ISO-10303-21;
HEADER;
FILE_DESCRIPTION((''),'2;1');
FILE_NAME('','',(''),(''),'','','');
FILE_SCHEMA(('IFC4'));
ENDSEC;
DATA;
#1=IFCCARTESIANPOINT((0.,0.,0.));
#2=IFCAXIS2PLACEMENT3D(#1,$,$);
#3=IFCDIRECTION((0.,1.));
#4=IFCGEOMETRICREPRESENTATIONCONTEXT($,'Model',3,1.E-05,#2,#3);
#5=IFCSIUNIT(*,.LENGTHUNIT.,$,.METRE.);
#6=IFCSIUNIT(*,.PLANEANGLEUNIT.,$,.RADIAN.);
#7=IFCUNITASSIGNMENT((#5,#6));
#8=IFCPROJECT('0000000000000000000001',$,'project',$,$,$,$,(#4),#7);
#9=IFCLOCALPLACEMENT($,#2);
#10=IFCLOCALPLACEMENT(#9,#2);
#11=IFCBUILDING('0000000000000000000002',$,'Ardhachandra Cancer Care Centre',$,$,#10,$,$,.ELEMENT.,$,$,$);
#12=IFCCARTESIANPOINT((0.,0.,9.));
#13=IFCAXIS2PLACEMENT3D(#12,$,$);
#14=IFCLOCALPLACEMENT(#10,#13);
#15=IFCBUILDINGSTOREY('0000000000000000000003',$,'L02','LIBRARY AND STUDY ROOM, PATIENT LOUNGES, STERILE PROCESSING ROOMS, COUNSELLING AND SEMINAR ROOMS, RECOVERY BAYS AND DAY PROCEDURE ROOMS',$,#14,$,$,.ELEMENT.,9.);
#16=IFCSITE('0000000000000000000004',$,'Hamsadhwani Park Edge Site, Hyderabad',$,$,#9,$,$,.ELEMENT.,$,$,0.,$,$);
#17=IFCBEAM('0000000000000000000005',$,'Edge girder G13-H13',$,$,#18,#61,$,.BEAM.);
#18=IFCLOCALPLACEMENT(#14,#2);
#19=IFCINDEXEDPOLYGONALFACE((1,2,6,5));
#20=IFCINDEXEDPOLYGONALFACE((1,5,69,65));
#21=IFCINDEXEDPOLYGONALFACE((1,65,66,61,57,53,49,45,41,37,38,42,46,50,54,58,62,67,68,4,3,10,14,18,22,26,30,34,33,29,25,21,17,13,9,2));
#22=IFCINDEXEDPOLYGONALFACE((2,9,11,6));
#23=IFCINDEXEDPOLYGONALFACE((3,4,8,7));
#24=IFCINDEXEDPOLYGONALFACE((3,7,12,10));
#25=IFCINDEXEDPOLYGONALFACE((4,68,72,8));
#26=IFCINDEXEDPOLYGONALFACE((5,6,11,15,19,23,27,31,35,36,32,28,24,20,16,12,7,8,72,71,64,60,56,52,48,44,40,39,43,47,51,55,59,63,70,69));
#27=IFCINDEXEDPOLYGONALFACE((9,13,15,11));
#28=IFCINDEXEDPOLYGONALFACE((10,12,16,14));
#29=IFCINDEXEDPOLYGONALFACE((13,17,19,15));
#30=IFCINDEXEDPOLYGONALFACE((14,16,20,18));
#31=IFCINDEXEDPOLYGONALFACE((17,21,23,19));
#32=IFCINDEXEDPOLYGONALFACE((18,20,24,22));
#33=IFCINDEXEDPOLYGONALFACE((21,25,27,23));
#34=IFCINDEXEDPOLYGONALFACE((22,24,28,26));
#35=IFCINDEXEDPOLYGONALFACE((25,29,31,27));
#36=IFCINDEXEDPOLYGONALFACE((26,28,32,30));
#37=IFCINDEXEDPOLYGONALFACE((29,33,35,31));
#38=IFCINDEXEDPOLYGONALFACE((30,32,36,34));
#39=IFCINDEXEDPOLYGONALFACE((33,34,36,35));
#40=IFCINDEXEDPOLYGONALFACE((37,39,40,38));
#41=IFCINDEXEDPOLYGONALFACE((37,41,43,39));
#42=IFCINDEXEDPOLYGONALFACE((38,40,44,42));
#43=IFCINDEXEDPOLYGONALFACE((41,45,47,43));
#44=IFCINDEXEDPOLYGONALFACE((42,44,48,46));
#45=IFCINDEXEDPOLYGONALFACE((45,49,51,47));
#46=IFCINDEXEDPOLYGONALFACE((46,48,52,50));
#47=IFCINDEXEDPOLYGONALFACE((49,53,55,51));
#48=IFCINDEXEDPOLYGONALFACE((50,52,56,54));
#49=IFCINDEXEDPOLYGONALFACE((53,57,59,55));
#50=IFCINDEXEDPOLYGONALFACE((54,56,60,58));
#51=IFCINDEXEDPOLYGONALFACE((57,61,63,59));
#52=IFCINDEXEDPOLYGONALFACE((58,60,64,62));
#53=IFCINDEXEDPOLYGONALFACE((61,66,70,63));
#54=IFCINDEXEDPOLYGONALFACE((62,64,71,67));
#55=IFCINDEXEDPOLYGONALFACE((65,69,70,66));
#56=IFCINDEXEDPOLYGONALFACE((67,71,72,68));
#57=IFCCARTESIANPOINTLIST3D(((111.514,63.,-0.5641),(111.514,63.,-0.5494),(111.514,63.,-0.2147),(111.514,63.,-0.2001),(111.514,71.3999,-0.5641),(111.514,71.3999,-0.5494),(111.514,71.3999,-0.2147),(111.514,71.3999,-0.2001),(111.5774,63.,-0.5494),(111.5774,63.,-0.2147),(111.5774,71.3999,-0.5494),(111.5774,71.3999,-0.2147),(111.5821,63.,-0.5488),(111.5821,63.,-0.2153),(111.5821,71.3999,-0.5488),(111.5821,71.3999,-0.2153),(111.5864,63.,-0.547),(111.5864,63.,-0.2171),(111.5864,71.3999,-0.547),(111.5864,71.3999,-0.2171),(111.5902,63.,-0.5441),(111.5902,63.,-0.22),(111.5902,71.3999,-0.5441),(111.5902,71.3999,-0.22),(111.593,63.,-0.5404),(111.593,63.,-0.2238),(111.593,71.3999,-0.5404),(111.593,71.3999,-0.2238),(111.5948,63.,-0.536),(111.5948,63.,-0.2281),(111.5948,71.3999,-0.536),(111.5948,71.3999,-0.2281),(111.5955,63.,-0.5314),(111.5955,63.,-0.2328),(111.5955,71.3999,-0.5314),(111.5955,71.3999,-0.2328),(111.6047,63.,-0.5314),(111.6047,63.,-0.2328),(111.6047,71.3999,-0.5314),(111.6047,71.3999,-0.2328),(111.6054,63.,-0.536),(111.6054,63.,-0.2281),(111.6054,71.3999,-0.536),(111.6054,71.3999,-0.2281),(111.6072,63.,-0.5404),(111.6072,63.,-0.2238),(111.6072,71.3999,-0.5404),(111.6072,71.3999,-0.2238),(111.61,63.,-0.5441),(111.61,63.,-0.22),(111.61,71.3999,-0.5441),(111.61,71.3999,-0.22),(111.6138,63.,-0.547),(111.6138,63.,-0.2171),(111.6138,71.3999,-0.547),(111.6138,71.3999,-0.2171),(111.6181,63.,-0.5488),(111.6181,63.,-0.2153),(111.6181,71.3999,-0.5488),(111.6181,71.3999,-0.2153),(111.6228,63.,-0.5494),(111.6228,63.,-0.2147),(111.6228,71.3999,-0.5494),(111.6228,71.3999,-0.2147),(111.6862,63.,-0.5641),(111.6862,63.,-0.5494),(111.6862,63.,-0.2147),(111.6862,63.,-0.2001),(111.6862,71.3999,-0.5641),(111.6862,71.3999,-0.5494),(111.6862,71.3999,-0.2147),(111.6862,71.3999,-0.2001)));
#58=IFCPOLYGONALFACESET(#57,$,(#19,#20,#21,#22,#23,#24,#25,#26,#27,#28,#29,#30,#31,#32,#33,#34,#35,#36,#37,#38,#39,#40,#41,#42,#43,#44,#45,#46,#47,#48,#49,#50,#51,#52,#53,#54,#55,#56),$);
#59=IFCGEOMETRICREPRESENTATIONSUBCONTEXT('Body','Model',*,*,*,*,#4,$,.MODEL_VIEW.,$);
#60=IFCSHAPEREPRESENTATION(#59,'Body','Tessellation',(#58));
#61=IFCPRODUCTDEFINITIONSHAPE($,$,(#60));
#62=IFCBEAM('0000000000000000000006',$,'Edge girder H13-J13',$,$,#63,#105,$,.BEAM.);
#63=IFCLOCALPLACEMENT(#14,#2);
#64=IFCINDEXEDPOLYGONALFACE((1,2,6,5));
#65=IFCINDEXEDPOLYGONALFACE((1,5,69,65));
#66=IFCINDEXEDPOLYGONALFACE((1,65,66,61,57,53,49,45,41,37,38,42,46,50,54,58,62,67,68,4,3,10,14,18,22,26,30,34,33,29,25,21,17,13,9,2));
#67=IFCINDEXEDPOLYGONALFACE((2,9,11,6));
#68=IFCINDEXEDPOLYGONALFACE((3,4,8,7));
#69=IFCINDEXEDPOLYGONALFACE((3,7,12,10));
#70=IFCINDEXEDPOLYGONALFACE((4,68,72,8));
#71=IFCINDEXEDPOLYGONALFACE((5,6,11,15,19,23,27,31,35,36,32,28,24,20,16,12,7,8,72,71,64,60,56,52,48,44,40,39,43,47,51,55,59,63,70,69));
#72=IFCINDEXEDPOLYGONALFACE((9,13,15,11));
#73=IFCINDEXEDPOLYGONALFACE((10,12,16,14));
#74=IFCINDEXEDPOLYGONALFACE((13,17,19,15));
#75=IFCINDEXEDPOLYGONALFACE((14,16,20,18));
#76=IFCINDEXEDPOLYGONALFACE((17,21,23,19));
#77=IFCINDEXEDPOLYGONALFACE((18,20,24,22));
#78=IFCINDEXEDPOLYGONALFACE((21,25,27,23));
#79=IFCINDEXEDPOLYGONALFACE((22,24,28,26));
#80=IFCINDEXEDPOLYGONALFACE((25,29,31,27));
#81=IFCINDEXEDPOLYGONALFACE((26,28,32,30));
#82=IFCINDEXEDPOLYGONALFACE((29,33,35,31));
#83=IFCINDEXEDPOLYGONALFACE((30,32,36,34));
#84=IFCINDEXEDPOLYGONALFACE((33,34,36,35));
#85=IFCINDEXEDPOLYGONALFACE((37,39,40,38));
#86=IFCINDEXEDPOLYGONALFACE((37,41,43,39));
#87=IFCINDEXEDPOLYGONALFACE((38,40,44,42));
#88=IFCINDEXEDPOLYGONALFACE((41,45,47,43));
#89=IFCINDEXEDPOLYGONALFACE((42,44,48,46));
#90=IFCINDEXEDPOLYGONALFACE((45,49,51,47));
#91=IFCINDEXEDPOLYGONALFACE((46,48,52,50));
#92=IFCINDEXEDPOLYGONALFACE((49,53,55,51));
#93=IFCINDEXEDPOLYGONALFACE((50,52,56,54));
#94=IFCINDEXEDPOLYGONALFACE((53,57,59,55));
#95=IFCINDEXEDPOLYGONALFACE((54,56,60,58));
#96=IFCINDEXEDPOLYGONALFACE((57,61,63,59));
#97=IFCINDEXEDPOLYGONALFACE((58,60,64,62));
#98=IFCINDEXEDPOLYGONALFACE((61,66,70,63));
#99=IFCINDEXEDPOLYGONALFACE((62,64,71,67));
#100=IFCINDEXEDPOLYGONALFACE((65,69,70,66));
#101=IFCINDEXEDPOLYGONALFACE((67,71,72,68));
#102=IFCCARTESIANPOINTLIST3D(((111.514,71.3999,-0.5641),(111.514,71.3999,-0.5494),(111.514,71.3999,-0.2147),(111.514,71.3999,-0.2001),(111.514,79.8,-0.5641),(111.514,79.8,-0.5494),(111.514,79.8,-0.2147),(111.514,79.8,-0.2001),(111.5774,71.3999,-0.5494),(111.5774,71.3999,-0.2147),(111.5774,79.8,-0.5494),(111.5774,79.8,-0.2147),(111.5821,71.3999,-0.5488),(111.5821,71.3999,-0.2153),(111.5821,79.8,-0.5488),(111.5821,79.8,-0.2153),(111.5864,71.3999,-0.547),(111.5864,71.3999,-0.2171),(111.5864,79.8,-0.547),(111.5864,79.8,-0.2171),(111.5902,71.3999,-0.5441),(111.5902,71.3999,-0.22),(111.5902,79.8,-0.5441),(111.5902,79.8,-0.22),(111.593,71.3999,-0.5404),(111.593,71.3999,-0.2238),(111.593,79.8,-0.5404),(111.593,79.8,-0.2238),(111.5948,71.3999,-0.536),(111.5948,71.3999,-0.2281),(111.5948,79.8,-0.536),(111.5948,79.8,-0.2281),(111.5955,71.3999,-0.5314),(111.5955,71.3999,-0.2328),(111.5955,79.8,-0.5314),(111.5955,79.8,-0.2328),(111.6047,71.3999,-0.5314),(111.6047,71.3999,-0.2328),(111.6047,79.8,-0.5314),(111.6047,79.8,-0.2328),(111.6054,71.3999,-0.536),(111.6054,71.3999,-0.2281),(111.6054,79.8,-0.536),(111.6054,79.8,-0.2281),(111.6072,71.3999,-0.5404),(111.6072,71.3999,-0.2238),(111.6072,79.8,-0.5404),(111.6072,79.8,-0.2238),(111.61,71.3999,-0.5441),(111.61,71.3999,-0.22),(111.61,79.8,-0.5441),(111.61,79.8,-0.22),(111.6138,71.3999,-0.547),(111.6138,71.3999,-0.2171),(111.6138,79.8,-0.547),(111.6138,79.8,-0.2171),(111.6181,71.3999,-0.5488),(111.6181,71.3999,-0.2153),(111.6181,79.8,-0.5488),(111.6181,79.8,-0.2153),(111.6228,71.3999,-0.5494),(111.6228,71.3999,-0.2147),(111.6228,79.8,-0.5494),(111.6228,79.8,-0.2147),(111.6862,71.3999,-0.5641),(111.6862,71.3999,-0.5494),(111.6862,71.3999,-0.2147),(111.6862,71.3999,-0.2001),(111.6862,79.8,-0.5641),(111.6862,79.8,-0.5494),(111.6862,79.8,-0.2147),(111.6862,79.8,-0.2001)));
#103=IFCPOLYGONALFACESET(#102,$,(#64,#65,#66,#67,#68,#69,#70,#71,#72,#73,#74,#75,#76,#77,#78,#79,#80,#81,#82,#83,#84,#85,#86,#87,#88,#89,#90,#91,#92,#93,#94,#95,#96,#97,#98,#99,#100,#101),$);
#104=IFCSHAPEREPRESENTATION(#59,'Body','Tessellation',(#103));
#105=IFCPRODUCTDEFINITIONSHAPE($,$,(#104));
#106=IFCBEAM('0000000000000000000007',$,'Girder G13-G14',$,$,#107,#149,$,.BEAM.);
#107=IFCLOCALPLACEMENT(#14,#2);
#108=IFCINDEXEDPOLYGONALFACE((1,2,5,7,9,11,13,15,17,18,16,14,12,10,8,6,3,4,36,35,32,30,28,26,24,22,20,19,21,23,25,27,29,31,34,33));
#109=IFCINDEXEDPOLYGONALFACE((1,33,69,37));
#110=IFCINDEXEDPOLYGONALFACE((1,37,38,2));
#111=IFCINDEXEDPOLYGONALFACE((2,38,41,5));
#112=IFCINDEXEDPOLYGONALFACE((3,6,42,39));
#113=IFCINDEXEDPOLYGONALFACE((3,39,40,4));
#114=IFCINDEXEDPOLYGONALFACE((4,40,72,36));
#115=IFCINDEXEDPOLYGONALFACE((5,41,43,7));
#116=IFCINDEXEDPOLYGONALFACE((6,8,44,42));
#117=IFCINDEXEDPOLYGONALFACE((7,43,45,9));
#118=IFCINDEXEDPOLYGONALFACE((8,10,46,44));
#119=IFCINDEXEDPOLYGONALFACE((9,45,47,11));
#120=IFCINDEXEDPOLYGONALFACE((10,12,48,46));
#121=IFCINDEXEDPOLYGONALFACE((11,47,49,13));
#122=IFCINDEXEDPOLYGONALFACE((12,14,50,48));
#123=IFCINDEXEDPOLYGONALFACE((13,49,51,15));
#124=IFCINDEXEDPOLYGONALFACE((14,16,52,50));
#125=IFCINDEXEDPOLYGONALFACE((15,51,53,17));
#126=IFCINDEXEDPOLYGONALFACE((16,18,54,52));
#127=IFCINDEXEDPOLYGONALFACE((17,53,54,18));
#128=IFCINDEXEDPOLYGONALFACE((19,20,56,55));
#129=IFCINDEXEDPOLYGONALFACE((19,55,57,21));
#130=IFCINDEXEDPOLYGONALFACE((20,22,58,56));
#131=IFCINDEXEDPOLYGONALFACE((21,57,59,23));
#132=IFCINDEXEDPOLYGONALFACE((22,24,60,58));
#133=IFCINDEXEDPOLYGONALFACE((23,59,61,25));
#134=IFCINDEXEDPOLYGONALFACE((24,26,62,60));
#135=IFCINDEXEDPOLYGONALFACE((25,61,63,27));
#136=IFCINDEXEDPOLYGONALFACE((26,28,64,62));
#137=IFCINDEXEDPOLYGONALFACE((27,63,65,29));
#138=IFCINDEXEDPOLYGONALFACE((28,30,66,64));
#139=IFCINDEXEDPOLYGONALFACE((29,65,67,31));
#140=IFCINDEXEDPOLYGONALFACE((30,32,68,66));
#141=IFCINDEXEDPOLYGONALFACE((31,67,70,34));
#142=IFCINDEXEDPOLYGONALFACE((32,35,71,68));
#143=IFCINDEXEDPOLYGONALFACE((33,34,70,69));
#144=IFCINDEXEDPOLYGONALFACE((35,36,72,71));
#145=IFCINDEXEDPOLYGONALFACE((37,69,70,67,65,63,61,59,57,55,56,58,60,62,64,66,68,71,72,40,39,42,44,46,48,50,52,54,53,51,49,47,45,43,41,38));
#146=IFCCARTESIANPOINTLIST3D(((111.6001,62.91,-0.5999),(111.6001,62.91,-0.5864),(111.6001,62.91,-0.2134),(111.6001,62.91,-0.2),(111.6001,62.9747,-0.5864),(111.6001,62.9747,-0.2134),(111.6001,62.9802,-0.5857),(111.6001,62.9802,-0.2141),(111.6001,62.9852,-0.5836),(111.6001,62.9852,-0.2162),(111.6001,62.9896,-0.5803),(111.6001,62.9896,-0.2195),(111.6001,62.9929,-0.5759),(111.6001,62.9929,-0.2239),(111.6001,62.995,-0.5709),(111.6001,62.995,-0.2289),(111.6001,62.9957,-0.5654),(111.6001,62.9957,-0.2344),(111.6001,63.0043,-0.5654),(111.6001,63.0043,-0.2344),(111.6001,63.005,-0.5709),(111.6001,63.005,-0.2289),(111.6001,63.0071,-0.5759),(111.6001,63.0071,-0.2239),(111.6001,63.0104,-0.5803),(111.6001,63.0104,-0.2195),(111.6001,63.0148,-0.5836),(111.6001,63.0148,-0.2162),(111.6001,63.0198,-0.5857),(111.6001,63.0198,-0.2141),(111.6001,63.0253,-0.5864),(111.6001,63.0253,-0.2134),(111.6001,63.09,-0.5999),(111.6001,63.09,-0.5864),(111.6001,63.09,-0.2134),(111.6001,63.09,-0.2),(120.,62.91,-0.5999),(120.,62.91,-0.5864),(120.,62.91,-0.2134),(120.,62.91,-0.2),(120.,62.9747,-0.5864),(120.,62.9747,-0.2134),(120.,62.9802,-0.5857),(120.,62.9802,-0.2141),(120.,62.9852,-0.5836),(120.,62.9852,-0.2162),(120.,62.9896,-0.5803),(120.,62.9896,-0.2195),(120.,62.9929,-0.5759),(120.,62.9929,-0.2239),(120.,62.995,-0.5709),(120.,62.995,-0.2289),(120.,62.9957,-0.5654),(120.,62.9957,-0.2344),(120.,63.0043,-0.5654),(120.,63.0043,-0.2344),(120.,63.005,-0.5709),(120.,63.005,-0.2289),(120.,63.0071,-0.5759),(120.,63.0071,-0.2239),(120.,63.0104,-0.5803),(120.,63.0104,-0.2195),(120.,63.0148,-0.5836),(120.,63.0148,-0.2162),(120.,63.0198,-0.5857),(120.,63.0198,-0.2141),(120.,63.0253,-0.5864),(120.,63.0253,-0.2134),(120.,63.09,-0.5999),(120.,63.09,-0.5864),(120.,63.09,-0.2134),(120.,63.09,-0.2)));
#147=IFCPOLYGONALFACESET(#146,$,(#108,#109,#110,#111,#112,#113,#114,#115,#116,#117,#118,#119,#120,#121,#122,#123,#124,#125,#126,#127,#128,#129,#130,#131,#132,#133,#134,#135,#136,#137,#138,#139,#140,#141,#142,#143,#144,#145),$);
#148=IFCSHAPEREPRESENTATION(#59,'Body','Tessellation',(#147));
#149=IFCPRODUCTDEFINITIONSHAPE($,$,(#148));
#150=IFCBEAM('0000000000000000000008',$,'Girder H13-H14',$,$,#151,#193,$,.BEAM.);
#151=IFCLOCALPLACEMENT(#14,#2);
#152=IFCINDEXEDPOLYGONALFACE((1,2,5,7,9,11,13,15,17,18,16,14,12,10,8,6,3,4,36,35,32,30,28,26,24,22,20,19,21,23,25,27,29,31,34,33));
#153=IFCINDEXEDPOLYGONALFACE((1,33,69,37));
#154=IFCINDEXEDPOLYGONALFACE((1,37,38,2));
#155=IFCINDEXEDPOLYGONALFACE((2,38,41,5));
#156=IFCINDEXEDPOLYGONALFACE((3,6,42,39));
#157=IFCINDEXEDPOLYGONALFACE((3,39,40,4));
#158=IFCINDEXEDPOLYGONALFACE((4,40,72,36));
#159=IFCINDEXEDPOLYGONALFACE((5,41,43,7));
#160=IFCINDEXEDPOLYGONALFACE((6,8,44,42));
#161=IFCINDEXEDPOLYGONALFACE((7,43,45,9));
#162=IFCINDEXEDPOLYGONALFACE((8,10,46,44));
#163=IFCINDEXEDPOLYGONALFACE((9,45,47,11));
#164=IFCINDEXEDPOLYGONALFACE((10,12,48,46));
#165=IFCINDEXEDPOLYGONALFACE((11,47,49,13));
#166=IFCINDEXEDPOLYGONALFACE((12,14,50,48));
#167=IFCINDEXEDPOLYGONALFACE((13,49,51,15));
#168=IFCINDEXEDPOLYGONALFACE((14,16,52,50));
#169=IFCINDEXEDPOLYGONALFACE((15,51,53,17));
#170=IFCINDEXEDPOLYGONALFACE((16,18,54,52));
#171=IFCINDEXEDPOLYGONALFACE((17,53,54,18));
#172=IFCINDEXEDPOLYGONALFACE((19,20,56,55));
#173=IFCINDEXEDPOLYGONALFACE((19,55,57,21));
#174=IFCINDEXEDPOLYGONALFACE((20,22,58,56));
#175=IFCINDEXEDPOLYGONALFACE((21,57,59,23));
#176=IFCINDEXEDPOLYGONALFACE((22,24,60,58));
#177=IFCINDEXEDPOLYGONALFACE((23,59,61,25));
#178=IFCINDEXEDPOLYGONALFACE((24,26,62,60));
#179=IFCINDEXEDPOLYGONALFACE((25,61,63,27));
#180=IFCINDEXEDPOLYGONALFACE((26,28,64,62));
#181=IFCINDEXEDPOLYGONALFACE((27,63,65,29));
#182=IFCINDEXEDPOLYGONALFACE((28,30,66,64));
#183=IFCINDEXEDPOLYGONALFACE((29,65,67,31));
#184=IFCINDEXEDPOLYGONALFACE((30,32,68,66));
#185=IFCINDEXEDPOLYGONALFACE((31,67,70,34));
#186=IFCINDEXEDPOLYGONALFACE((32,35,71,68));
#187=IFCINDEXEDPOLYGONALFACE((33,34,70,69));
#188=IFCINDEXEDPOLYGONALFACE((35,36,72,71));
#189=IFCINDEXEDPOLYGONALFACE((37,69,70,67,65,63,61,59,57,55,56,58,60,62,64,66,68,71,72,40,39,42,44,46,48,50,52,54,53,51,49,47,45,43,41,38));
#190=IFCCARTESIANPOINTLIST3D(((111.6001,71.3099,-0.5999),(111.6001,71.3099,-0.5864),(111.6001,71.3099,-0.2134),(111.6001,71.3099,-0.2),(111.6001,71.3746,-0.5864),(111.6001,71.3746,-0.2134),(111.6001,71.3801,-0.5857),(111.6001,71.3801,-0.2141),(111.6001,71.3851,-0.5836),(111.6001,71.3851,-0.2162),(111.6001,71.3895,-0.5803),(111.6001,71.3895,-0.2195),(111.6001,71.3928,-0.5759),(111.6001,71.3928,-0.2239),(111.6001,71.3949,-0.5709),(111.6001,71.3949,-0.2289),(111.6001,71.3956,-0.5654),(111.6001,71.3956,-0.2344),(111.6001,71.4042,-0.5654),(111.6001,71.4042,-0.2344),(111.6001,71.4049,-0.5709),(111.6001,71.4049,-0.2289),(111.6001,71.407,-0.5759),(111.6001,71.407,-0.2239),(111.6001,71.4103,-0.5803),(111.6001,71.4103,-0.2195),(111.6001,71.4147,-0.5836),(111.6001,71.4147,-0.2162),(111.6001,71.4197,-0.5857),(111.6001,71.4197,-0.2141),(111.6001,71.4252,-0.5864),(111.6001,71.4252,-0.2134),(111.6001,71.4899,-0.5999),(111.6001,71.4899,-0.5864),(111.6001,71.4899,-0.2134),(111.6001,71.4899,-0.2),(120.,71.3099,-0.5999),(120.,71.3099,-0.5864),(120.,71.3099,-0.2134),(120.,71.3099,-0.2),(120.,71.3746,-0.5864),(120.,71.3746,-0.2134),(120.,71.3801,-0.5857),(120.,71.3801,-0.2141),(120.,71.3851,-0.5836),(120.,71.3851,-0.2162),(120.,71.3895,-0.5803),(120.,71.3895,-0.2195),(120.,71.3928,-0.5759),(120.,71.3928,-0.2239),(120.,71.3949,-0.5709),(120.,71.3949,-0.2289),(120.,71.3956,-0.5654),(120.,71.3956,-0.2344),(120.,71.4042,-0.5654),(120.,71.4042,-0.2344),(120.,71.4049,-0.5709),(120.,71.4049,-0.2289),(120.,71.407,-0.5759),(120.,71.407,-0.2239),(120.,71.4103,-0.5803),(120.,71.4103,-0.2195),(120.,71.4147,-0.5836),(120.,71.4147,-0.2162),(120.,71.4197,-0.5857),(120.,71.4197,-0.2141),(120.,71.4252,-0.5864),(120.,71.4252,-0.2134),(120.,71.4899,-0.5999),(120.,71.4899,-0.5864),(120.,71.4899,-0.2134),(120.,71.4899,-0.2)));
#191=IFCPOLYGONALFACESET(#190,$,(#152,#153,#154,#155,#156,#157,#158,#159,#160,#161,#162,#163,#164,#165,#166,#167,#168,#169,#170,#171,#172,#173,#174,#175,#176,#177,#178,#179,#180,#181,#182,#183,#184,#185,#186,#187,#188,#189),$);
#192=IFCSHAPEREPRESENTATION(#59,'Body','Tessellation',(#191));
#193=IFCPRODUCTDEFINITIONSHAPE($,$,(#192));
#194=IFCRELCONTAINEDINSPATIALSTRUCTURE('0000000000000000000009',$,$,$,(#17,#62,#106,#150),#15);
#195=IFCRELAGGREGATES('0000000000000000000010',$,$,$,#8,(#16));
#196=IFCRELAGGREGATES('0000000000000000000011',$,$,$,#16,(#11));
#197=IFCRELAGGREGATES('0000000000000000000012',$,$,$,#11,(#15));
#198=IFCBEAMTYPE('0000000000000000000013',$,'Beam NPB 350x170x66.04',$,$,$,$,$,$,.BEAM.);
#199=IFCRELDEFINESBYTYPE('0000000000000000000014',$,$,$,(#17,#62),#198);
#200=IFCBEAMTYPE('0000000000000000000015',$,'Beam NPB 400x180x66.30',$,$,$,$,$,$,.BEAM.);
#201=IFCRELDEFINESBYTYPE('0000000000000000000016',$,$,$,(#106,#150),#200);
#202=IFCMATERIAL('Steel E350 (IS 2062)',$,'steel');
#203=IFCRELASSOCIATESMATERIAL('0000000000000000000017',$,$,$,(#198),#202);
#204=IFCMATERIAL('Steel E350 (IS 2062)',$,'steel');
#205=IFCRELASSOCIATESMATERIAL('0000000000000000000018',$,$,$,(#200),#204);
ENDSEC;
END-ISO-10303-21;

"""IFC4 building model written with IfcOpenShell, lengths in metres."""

from ifc_helpers import new_model, si_unit, direction, frame, origin, origin_2d, place, context, subcontext, project, spatial, i_section, extrude, material, material_profile, profile_set, type_object, element, save


model = new_model("IFC4")

# Units and contexts
model_context = context("Model", 3, precision=1e-05, world=origin(), true_north=direction((0.0, 1.0)))
body_context = subcontext(model_context, "Body", "Model", "MODEL_VIEW")
ifc_project = project(units=[si_unit("LENGTHUNIT", "METRE"), si_unit("PLANEANGLEUNIT", "RADIAN")], contexts=[model_context])

# Site, building, storey
site_placement = place(None, origin())
site = spatial("IfcSite", under=ifc_project, at=site_placement, Name="Hamsadhwani Park Edge Site, Hyderabad", CompositionType="ELEMENT", RefElevation=0.0)
building_placement = place(site_placement, origin())
building = spatial("IfcBuilding", under=site, at=building_placement, Name="Ardhachandra Cancer Care Centre", CompositionType="ELEMENT")
storey_placement = place(building_placement, frame((0.0, 0.0, 9.0)))
storey = spatial("IfcBuildingStorey", under=building, at=storey_placement, Name="L02", Description="LIBRARY AND STUDY ROOM, PATIENT LOUNGES, STERILE PROCESSING ROOMS, COUNSELLING AND SEMINAR ROOMS, RECOVERY BAYS AND DAY PROCEDURE ROOMS", CompositionType="ELEMENT", Elevation=9.0)

# Beams
ifc_material_1 = material(Name="Steel E350 (IS 2062)", Category="steel")
ifc_material_profile_1 = material_profile(ifc_material_1, i_section(OverallWidth=0.1721, OverallDepth=0.364, WebThickness=0.0093, FlangeThickness=0.0146, FilletRadius=0.0181, at=origin_2d()), Name="NPB 350x170x66.04")
ifc_profile_set_1 = profile_set([ifc_material_profile_1], Name="Steel E350 (IS 2062)")
beam_type_1 = type_object("IfcBeamType", Name="Beam NPB 350x170x66.04", PredefinedType="BEAM", material=ifc_profile_set_1)
beam_1_placement = place(storey_placement, frame((111.6001, 63.0, -0.3821), z_axis=(0.0, 1.0, 0.0), x_axis=(-1.0, 0.0, 0.0)))
element("IfcBeam", 1, at=beam_1_placement, inside=storey, type_object=beam_type_1, Name="Edge girder G13-H13", PredefinedType="BEAM", context=body_context, shape_type="SweptSolid", body=[
    extrude(i_section(OverallWidth=0.1721, OverallDepth=0.364, WebThickness=0.0093, FlangeThickness=0.0146, FilletRadius=0.0181, at=origin_2d()), origin(), (0.0, 0.0, 1.0), 8.3999),
])
beam_2_placement = place(storey_placement, frame((111.6001, 71.3999, -0.3821), z_axis=(0.0, 1.0, 0.0), x_axis=(-1.0, 0.0, 0.0)))
element("IfcBeam", 2, at=beam_2_placement, inside=storey, type_object=beam_type_1, Name="Edge girder H13-J13", PredefinedType="BEAM", context=body_context, shape_type="SweptSolid", body=[
    extrude(i_section(OverallWidth=0.1721, OverallDepth=0.364, WebThickness=0.0093, FlangeThickness=0.0146, FilletRadius=0.0181, at=origin_2d()), origin(), (0.0, 0.0, 1.0), 8.4001),
])
ifc_material_2 = material(Name="Steel E350 (IS 2062)", Category="steel")
ifc_material_profile_2 = material_profile(ifc_material_2, i_section(OverallWidth=0.1799, OverallDepth=0.3999, WebThickness=0.0085, FlangeThickness=0.0134, FilletRadius=0.021, at=origin_2d()), Name="NPB 400x180x66.30")
ifc_profile_set_2 = profile_set([ifc_material_profile_2], Name="Steel E350 (IS 2062)")
beam_type_2 = type_object("IfcBeamType", Name="Beam NPB 400x180x66.30", PredefinedType="BEAM", material=ifc_profile_set_2)
for number, where, z_axis, x_axis, name in (
    (3, (111.6001, 63.0, -0.3999), (1.0, 0.0, 0.0), (0.0, 1.0, 0.0), "Girder G13-G14"),
    (4, (111.6001, 71.3999, -0.3999), (1.0, 0.0, 0.0), (0.0, 1.0, 0.0), "Girder H13-H14"),
):
    element("IfcBeam", number, at=place(storey_placement, frame(where, z_axis=z_axis, x_axis=x_axis)), inside=storey, type_object=beam_type_2, Name=name, PredefinedType="BEAM", context=body_context, shape_type="SweptSolid", body=[
        extrude(i_section(OverallWidth=0.1799, OverallDepth=0.3999, WebThickness=0.0085, FlangeThickness=0.0134, FilletRadius=0.021, at=origin_2d()), origin(), (0.0, 0.0, 1.0), 8.3999),
    ])

save(model, "model.ifc")
